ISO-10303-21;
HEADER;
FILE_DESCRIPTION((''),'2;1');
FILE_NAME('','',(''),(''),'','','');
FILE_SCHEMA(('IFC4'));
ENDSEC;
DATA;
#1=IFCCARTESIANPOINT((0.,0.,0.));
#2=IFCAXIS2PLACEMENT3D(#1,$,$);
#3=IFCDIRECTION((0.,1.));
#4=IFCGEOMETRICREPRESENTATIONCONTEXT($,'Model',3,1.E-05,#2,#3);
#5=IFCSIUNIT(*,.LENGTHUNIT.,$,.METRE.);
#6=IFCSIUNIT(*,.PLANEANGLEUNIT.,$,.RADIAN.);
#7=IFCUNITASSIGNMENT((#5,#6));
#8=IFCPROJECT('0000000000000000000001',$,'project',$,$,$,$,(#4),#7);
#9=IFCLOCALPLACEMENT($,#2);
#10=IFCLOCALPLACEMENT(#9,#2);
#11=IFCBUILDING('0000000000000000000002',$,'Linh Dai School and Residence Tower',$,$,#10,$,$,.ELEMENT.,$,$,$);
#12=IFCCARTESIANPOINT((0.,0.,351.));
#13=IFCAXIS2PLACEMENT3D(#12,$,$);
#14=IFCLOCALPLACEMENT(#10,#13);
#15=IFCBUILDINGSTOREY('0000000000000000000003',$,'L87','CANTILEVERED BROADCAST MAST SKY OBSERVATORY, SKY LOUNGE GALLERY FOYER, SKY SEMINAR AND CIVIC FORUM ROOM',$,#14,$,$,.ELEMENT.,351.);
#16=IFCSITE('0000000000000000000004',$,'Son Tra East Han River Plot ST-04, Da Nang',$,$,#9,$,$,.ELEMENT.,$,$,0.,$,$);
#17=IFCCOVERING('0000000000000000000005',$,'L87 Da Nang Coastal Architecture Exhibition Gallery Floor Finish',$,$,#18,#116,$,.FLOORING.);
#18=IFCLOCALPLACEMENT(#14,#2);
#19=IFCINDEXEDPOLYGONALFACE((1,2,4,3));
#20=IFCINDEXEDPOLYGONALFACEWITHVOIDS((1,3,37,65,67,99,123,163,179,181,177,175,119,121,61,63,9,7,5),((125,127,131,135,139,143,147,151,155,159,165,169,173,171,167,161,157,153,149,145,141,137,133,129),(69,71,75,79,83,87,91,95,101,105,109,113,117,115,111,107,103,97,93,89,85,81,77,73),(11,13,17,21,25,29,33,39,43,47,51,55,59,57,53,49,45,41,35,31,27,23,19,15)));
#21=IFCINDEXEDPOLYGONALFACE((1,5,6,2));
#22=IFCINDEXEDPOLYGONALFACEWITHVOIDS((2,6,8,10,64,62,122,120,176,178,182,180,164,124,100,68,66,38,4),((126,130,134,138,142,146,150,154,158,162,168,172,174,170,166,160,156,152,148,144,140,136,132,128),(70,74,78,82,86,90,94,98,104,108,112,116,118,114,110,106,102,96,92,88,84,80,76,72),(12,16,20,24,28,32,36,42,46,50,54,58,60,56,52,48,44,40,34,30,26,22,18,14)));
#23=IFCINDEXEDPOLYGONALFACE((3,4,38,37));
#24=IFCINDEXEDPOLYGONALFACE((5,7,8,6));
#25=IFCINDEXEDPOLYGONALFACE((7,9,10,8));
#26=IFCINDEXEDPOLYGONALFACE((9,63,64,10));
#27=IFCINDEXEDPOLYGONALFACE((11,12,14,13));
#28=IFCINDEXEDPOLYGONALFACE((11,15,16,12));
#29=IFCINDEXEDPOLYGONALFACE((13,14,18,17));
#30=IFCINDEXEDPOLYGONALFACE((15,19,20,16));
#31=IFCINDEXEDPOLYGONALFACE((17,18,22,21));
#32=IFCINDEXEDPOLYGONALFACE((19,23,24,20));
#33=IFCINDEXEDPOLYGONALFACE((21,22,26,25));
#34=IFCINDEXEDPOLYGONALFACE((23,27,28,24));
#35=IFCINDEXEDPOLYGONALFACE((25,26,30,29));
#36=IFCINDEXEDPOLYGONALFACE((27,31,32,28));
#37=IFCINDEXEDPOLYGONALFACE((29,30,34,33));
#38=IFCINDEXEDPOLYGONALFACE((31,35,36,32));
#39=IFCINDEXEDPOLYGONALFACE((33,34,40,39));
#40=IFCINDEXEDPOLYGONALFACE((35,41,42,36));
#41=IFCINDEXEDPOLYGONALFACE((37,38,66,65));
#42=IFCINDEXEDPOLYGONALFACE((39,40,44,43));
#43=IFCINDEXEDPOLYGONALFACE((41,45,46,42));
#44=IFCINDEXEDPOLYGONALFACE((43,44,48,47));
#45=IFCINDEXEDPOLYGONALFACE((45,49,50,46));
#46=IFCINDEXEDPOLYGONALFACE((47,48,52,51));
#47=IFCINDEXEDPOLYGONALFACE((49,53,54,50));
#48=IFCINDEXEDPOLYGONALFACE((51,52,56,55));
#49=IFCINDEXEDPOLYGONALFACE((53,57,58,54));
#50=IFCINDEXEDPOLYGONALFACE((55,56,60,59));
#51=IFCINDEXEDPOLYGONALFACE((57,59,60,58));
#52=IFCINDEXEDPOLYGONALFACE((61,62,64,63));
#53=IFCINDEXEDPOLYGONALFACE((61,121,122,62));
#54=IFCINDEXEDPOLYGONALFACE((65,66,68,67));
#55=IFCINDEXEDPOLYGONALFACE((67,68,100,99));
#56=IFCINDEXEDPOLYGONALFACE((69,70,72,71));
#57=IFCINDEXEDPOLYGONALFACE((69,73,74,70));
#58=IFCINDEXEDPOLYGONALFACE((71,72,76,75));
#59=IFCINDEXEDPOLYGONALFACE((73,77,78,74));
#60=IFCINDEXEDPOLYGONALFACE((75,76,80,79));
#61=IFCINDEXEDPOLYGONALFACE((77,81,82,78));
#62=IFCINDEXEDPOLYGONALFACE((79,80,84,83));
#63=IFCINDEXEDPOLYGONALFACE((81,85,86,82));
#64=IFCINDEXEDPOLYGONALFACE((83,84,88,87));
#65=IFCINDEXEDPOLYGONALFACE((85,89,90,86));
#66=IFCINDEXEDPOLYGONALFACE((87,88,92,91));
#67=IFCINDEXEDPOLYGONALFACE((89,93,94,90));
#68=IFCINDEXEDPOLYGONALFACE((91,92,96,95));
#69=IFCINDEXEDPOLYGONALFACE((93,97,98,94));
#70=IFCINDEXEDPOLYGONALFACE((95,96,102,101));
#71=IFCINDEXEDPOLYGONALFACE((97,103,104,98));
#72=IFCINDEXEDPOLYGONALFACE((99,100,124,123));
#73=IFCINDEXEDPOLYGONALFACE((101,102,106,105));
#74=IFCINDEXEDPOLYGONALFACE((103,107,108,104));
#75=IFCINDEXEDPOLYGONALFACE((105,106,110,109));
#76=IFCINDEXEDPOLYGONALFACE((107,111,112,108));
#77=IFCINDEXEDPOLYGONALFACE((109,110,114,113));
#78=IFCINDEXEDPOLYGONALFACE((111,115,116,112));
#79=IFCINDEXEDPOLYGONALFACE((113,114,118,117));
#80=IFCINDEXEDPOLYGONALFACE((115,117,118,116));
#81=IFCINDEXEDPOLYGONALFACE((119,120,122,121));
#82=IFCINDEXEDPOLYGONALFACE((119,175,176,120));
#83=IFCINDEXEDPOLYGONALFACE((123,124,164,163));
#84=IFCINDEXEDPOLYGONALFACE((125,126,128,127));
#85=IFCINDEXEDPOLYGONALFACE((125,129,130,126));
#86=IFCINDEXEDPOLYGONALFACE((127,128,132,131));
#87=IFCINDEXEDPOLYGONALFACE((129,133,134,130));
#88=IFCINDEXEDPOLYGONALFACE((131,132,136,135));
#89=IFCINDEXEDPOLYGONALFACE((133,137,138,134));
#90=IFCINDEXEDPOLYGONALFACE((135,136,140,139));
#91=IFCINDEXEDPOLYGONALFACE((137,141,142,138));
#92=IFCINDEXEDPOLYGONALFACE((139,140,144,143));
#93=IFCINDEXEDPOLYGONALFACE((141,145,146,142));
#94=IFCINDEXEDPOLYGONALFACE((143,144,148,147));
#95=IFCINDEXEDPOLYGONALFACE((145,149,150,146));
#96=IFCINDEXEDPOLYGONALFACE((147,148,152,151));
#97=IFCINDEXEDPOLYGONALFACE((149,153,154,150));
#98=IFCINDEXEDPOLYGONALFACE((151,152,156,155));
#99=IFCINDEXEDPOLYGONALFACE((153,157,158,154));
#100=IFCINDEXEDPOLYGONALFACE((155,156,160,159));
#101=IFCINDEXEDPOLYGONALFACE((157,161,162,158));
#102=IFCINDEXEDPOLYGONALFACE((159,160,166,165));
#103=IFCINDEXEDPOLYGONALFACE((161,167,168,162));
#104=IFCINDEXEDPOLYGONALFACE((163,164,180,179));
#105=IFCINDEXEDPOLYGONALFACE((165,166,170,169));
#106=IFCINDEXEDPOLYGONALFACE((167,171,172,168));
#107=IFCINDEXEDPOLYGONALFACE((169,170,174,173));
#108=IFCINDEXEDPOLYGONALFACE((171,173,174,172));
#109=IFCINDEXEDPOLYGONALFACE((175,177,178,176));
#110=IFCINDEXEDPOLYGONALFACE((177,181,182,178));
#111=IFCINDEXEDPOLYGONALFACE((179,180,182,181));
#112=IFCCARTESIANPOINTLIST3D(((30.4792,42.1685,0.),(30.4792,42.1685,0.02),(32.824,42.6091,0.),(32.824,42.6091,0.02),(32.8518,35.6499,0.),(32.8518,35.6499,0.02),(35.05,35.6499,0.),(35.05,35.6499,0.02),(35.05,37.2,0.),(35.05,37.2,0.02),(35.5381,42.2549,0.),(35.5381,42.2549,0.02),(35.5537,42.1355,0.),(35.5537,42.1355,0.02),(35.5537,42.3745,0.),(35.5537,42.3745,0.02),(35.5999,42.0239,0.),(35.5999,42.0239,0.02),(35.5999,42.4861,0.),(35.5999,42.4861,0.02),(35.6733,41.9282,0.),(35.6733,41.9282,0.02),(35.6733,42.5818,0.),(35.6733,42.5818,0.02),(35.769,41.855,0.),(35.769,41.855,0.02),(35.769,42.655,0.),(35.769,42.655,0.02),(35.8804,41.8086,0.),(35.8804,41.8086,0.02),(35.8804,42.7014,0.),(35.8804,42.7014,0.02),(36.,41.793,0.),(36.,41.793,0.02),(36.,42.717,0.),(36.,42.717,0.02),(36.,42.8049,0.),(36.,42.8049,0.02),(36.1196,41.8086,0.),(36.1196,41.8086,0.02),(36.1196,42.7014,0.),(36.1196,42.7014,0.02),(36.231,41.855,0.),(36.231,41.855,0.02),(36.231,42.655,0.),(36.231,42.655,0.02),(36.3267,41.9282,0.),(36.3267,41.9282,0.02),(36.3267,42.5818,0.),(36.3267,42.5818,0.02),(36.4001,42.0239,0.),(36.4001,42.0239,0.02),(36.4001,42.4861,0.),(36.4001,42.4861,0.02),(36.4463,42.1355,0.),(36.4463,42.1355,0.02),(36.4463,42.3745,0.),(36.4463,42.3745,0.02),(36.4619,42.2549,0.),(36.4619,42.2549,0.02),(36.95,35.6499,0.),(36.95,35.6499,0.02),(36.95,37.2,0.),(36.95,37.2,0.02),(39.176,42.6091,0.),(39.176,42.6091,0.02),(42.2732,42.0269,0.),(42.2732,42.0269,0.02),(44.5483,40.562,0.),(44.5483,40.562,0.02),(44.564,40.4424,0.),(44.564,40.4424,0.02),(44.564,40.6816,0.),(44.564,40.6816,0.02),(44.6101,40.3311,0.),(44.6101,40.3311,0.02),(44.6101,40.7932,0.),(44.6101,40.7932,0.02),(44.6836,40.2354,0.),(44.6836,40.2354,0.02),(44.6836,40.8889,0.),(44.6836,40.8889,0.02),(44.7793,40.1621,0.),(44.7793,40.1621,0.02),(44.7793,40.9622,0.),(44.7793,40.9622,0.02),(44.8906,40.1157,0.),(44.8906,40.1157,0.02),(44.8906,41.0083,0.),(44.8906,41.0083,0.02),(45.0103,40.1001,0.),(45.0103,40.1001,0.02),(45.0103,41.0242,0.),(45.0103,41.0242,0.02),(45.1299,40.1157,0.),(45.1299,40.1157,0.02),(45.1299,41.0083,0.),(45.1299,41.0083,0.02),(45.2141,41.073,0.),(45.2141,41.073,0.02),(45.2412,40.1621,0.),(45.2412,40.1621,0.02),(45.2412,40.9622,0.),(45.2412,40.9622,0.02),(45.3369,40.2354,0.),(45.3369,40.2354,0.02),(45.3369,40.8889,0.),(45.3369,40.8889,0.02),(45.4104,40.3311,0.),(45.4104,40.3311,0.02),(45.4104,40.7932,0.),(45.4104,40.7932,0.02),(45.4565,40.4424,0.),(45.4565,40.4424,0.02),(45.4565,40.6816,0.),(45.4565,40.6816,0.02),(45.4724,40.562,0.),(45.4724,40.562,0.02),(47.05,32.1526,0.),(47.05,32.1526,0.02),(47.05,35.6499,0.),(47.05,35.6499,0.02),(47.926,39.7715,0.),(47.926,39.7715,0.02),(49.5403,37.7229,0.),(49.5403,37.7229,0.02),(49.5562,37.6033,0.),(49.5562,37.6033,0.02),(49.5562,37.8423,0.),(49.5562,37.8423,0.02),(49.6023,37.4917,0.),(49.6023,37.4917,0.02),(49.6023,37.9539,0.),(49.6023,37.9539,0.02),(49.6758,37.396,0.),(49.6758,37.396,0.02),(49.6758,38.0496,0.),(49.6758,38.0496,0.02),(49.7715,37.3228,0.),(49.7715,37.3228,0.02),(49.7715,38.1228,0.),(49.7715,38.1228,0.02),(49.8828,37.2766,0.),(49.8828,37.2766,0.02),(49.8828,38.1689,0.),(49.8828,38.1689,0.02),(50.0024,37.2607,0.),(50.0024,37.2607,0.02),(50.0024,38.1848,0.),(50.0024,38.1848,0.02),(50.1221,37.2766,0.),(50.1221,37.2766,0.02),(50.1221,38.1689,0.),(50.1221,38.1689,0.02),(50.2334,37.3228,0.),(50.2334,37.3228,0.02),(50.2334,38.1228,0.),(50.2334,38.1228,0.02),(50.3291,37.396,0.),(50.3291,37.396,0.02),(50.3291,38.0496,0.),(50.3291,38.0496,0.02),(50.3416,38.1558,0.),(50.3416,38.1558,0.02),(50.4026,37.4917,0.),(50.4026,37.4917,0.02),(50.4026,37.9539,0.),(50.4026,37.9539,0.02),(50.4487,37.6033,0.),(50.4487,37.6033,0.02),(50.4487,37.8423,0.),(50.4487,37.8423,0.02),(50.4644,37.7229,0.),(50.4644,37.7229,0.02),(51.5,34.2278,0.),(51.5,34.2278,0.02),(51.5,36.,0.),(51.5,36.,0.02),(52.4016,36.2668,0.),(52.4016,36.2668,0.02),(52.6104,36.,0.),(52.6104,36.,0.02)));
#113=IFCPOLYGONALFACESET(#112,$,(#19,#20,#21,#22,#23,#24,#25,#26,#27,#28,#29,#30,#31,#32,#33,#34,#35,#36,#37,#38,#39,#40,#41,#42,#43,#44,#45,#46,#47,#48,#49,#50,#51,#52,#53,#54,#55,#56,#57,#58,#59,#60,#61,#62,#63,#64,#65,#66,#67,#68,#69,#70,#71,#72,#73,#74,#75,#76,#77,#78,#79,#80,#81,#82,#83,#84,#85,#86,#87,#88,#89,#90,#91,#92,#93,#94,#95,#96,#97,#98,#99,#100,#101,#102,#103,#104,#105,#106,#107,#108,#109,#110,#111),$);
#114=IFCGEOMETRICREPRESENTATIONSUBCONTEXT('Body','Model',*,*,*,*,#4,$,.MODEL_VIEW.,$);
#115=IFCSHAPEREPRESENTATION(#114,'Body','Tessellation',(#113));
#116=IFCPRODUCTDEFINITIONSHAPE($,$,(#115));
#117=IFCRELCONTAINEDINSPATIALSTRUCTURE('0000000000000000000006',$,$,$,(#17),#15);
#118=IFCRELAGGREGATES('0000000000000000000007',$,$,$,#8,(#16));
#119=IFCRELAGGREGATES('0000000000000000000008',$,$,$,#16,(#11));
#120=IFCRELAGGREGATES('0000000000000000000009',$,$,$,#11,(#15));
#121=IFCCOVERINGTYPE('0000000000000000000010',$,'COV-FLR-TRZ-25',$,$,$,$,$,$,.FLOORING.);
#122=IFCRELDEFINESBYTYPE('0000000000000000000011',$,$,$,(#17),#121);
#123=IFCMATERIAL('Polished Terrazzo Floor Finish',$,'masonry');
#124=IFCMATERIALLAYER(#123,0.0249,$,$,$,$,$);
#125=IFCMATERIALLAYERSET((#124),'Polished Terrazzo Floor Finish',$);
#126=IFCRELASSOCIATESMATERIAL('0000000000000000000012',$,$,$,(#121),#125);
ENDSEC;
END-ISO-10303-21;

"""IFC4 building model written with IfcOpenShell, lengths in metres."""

from ifc_helpers import new_model, si_unit, direction, frame, origin, place, context, subcontext, project, spatial, polyline, outline, extrude, material, layer, layer_set, type_object, element, save


model = new_model("IFC4")

# Units and contexts
model_context = context("Model", 3, precision=1e-05, world=origin(), true_north=direction((0.0, 1.0)))
body_context = subcontext(model_context, "Body", "Model", "MODEL_VIEW")
ifc_project = project(units=[si_unit("LENGTHUNIT", "METRE"), si_unit("PLANEANGLEUNIT", "RADIAN")], contexts=[model_context])

# Site, building, storey
site_placement = place(None, origin())
site = spatial("IfcSite", under=ifc_project, at=site_placement, Name="Son Tra East Han River Plot ST-04, Da Nang", CompositionType="ELEMENT", RefElevation=0.0)
building_placement = place(site_placement, origin())
building = spatial("IfcBuilding", under=site, at=building_placement, Name="Linh Dai School and Residence Tower", CompositionType="ELEMENT")
storey_placement = place(building_placement, frame((0.0, 0.0, 351.0)))
storey = spatial("IfcBuildingStorey", under=building, at=storey_placement, Name="L87", Description="CANTILEVERED BROADCAST MAST SKY OBSERVATORY, SKY LOUNGE GALLERY FOYER, SKY SEMINAR AND CIVIC FORUM ROOM", CompositionType="ELEMENT", Elevation=351.0)

# Covering
ifc_material_1 = material(Name="Polished Terrazzo Floor Finish", Category="masonry")
ifc_layer_1 = layer(ifc_material_1, 0.0249)
ifc_layer_set_1 = layer_set([ifc_layer_1], Name="Polished Terrazzo Floor Finish")
covering_type_1 = type_object("IfcCoveringType", Name="COV-FLR-TRZ-25", PredefinedType="FLOORING", material=ifc_layer_set_1)
covering_1_placement = place(storey_placement, origin())
element("IfcCovering", 1, at=covering_1_placement, inside=storey, type_object=covering_type_1, Name="L87 Da Nang Coastal Architecture Exhibition Gallery Floor Finish", PredefinedType="FLOORING", context=body_context, shape_type="SweptSolid", body=[
    extrude(outline(polyline([(36.0, 42.8049), (39.176, 42.6091), (42.2732, 42.0269), (45.2141, 41.073), (47.926, 39.7715), (50.3416, 38.1558), (52.4016, 36.2668), (52.6104, 36.0), (51.5, 36.0), (51.5, 34.2278), (47.05, 32.1526), (47.05, 35.6499), (36.95, 35.6499), (36.95, 37.2), (35.05, 37.2), (35.05, 35.6499), (32.8518, 35.6499), (30.4792, 42.1685), (32.824, 42.6091), (36.0, 42.8049)]), holes=[polyline([(50.4487, 37.6033), (50.4644, 37.7229), (50.4487, 37.8423), (50.4026, 37.9539), (50.3291, 38.0496), (50.2334, 38.1228), (50.1221, 38.1689), (50.0024, 38.1848), (49.8828, 38.1689), (49.7715, 38.1228), (49.6758, 38.0496), (49.6023, 37.9539), (49.5562, 37.8423), (49.5403, 37.7229), (49.5562, 37.6033), (49.6023, 37.4917), (49.6758, 37.396), (49.7715, 37.3228), (49.8828, 37.2766), (50.0024, 37.2607), (50.1221, 37.2766), (50.2334, 37.3228), (50.3291, 37.396), (50.4026, 37.4917), (50.4487, 37.6033)]), polyline([(45.4104, 40.3311), (45.4565, 40.4424), (45.4724, 40.562), (45.4565, 40.6816), (45.4104, 40.7932), (45.3369, 40.8889), (45.2412, 40.9622), (45.1299, 41.0083), (45.0103, 41.0242), (44.8906, 41.0083), (44.7793, 40.9622), (44.6836, 40.8889), (44.6101, 40.7932), (44.564, 40.6816), (44.5483, 40.562), (44.564, 40.4424), (44.6101, 40.3311), (44.6836, 40.2354), (44.7793, 40.1621), (44.8906, 40.1157), (45.0103, 40.1001), (45.1299, 40.1157), (45.2412, 40.1621), (45.3369, 40.2354), (45.4104, 40.3311)]), polyline([(36.4001, 42.0239), (36.4463, 42.1355), (36.4619, 42.2549), (36.4463, 42.3745), (36.4001, 42.4861), (36.3267, 42.5818), (36.231, 42.655), (36.1196, 42.7014), (36.0, 42.717), (35.8804, 42.7014), (35.769, 42.655), (35.6733, 42.5818), (35.5999, 42.4861), (35.5537, 42.3745), (35.5381, 42.2549), (35.5537, 42.1355), (35.5999, 42.0239), (35.6733, 41.9282), (35.769, 41.855), (35.8804, 41.8086), (36.0, 41.793), (36.1196, 41.8086), (36.231, 41.855), (36.3267, 41.9282), (36.4001, 42.0239)])]), origin(), (0.0, 0.0, 1.0), 0.02),
])

save(model, "model.ifc")
